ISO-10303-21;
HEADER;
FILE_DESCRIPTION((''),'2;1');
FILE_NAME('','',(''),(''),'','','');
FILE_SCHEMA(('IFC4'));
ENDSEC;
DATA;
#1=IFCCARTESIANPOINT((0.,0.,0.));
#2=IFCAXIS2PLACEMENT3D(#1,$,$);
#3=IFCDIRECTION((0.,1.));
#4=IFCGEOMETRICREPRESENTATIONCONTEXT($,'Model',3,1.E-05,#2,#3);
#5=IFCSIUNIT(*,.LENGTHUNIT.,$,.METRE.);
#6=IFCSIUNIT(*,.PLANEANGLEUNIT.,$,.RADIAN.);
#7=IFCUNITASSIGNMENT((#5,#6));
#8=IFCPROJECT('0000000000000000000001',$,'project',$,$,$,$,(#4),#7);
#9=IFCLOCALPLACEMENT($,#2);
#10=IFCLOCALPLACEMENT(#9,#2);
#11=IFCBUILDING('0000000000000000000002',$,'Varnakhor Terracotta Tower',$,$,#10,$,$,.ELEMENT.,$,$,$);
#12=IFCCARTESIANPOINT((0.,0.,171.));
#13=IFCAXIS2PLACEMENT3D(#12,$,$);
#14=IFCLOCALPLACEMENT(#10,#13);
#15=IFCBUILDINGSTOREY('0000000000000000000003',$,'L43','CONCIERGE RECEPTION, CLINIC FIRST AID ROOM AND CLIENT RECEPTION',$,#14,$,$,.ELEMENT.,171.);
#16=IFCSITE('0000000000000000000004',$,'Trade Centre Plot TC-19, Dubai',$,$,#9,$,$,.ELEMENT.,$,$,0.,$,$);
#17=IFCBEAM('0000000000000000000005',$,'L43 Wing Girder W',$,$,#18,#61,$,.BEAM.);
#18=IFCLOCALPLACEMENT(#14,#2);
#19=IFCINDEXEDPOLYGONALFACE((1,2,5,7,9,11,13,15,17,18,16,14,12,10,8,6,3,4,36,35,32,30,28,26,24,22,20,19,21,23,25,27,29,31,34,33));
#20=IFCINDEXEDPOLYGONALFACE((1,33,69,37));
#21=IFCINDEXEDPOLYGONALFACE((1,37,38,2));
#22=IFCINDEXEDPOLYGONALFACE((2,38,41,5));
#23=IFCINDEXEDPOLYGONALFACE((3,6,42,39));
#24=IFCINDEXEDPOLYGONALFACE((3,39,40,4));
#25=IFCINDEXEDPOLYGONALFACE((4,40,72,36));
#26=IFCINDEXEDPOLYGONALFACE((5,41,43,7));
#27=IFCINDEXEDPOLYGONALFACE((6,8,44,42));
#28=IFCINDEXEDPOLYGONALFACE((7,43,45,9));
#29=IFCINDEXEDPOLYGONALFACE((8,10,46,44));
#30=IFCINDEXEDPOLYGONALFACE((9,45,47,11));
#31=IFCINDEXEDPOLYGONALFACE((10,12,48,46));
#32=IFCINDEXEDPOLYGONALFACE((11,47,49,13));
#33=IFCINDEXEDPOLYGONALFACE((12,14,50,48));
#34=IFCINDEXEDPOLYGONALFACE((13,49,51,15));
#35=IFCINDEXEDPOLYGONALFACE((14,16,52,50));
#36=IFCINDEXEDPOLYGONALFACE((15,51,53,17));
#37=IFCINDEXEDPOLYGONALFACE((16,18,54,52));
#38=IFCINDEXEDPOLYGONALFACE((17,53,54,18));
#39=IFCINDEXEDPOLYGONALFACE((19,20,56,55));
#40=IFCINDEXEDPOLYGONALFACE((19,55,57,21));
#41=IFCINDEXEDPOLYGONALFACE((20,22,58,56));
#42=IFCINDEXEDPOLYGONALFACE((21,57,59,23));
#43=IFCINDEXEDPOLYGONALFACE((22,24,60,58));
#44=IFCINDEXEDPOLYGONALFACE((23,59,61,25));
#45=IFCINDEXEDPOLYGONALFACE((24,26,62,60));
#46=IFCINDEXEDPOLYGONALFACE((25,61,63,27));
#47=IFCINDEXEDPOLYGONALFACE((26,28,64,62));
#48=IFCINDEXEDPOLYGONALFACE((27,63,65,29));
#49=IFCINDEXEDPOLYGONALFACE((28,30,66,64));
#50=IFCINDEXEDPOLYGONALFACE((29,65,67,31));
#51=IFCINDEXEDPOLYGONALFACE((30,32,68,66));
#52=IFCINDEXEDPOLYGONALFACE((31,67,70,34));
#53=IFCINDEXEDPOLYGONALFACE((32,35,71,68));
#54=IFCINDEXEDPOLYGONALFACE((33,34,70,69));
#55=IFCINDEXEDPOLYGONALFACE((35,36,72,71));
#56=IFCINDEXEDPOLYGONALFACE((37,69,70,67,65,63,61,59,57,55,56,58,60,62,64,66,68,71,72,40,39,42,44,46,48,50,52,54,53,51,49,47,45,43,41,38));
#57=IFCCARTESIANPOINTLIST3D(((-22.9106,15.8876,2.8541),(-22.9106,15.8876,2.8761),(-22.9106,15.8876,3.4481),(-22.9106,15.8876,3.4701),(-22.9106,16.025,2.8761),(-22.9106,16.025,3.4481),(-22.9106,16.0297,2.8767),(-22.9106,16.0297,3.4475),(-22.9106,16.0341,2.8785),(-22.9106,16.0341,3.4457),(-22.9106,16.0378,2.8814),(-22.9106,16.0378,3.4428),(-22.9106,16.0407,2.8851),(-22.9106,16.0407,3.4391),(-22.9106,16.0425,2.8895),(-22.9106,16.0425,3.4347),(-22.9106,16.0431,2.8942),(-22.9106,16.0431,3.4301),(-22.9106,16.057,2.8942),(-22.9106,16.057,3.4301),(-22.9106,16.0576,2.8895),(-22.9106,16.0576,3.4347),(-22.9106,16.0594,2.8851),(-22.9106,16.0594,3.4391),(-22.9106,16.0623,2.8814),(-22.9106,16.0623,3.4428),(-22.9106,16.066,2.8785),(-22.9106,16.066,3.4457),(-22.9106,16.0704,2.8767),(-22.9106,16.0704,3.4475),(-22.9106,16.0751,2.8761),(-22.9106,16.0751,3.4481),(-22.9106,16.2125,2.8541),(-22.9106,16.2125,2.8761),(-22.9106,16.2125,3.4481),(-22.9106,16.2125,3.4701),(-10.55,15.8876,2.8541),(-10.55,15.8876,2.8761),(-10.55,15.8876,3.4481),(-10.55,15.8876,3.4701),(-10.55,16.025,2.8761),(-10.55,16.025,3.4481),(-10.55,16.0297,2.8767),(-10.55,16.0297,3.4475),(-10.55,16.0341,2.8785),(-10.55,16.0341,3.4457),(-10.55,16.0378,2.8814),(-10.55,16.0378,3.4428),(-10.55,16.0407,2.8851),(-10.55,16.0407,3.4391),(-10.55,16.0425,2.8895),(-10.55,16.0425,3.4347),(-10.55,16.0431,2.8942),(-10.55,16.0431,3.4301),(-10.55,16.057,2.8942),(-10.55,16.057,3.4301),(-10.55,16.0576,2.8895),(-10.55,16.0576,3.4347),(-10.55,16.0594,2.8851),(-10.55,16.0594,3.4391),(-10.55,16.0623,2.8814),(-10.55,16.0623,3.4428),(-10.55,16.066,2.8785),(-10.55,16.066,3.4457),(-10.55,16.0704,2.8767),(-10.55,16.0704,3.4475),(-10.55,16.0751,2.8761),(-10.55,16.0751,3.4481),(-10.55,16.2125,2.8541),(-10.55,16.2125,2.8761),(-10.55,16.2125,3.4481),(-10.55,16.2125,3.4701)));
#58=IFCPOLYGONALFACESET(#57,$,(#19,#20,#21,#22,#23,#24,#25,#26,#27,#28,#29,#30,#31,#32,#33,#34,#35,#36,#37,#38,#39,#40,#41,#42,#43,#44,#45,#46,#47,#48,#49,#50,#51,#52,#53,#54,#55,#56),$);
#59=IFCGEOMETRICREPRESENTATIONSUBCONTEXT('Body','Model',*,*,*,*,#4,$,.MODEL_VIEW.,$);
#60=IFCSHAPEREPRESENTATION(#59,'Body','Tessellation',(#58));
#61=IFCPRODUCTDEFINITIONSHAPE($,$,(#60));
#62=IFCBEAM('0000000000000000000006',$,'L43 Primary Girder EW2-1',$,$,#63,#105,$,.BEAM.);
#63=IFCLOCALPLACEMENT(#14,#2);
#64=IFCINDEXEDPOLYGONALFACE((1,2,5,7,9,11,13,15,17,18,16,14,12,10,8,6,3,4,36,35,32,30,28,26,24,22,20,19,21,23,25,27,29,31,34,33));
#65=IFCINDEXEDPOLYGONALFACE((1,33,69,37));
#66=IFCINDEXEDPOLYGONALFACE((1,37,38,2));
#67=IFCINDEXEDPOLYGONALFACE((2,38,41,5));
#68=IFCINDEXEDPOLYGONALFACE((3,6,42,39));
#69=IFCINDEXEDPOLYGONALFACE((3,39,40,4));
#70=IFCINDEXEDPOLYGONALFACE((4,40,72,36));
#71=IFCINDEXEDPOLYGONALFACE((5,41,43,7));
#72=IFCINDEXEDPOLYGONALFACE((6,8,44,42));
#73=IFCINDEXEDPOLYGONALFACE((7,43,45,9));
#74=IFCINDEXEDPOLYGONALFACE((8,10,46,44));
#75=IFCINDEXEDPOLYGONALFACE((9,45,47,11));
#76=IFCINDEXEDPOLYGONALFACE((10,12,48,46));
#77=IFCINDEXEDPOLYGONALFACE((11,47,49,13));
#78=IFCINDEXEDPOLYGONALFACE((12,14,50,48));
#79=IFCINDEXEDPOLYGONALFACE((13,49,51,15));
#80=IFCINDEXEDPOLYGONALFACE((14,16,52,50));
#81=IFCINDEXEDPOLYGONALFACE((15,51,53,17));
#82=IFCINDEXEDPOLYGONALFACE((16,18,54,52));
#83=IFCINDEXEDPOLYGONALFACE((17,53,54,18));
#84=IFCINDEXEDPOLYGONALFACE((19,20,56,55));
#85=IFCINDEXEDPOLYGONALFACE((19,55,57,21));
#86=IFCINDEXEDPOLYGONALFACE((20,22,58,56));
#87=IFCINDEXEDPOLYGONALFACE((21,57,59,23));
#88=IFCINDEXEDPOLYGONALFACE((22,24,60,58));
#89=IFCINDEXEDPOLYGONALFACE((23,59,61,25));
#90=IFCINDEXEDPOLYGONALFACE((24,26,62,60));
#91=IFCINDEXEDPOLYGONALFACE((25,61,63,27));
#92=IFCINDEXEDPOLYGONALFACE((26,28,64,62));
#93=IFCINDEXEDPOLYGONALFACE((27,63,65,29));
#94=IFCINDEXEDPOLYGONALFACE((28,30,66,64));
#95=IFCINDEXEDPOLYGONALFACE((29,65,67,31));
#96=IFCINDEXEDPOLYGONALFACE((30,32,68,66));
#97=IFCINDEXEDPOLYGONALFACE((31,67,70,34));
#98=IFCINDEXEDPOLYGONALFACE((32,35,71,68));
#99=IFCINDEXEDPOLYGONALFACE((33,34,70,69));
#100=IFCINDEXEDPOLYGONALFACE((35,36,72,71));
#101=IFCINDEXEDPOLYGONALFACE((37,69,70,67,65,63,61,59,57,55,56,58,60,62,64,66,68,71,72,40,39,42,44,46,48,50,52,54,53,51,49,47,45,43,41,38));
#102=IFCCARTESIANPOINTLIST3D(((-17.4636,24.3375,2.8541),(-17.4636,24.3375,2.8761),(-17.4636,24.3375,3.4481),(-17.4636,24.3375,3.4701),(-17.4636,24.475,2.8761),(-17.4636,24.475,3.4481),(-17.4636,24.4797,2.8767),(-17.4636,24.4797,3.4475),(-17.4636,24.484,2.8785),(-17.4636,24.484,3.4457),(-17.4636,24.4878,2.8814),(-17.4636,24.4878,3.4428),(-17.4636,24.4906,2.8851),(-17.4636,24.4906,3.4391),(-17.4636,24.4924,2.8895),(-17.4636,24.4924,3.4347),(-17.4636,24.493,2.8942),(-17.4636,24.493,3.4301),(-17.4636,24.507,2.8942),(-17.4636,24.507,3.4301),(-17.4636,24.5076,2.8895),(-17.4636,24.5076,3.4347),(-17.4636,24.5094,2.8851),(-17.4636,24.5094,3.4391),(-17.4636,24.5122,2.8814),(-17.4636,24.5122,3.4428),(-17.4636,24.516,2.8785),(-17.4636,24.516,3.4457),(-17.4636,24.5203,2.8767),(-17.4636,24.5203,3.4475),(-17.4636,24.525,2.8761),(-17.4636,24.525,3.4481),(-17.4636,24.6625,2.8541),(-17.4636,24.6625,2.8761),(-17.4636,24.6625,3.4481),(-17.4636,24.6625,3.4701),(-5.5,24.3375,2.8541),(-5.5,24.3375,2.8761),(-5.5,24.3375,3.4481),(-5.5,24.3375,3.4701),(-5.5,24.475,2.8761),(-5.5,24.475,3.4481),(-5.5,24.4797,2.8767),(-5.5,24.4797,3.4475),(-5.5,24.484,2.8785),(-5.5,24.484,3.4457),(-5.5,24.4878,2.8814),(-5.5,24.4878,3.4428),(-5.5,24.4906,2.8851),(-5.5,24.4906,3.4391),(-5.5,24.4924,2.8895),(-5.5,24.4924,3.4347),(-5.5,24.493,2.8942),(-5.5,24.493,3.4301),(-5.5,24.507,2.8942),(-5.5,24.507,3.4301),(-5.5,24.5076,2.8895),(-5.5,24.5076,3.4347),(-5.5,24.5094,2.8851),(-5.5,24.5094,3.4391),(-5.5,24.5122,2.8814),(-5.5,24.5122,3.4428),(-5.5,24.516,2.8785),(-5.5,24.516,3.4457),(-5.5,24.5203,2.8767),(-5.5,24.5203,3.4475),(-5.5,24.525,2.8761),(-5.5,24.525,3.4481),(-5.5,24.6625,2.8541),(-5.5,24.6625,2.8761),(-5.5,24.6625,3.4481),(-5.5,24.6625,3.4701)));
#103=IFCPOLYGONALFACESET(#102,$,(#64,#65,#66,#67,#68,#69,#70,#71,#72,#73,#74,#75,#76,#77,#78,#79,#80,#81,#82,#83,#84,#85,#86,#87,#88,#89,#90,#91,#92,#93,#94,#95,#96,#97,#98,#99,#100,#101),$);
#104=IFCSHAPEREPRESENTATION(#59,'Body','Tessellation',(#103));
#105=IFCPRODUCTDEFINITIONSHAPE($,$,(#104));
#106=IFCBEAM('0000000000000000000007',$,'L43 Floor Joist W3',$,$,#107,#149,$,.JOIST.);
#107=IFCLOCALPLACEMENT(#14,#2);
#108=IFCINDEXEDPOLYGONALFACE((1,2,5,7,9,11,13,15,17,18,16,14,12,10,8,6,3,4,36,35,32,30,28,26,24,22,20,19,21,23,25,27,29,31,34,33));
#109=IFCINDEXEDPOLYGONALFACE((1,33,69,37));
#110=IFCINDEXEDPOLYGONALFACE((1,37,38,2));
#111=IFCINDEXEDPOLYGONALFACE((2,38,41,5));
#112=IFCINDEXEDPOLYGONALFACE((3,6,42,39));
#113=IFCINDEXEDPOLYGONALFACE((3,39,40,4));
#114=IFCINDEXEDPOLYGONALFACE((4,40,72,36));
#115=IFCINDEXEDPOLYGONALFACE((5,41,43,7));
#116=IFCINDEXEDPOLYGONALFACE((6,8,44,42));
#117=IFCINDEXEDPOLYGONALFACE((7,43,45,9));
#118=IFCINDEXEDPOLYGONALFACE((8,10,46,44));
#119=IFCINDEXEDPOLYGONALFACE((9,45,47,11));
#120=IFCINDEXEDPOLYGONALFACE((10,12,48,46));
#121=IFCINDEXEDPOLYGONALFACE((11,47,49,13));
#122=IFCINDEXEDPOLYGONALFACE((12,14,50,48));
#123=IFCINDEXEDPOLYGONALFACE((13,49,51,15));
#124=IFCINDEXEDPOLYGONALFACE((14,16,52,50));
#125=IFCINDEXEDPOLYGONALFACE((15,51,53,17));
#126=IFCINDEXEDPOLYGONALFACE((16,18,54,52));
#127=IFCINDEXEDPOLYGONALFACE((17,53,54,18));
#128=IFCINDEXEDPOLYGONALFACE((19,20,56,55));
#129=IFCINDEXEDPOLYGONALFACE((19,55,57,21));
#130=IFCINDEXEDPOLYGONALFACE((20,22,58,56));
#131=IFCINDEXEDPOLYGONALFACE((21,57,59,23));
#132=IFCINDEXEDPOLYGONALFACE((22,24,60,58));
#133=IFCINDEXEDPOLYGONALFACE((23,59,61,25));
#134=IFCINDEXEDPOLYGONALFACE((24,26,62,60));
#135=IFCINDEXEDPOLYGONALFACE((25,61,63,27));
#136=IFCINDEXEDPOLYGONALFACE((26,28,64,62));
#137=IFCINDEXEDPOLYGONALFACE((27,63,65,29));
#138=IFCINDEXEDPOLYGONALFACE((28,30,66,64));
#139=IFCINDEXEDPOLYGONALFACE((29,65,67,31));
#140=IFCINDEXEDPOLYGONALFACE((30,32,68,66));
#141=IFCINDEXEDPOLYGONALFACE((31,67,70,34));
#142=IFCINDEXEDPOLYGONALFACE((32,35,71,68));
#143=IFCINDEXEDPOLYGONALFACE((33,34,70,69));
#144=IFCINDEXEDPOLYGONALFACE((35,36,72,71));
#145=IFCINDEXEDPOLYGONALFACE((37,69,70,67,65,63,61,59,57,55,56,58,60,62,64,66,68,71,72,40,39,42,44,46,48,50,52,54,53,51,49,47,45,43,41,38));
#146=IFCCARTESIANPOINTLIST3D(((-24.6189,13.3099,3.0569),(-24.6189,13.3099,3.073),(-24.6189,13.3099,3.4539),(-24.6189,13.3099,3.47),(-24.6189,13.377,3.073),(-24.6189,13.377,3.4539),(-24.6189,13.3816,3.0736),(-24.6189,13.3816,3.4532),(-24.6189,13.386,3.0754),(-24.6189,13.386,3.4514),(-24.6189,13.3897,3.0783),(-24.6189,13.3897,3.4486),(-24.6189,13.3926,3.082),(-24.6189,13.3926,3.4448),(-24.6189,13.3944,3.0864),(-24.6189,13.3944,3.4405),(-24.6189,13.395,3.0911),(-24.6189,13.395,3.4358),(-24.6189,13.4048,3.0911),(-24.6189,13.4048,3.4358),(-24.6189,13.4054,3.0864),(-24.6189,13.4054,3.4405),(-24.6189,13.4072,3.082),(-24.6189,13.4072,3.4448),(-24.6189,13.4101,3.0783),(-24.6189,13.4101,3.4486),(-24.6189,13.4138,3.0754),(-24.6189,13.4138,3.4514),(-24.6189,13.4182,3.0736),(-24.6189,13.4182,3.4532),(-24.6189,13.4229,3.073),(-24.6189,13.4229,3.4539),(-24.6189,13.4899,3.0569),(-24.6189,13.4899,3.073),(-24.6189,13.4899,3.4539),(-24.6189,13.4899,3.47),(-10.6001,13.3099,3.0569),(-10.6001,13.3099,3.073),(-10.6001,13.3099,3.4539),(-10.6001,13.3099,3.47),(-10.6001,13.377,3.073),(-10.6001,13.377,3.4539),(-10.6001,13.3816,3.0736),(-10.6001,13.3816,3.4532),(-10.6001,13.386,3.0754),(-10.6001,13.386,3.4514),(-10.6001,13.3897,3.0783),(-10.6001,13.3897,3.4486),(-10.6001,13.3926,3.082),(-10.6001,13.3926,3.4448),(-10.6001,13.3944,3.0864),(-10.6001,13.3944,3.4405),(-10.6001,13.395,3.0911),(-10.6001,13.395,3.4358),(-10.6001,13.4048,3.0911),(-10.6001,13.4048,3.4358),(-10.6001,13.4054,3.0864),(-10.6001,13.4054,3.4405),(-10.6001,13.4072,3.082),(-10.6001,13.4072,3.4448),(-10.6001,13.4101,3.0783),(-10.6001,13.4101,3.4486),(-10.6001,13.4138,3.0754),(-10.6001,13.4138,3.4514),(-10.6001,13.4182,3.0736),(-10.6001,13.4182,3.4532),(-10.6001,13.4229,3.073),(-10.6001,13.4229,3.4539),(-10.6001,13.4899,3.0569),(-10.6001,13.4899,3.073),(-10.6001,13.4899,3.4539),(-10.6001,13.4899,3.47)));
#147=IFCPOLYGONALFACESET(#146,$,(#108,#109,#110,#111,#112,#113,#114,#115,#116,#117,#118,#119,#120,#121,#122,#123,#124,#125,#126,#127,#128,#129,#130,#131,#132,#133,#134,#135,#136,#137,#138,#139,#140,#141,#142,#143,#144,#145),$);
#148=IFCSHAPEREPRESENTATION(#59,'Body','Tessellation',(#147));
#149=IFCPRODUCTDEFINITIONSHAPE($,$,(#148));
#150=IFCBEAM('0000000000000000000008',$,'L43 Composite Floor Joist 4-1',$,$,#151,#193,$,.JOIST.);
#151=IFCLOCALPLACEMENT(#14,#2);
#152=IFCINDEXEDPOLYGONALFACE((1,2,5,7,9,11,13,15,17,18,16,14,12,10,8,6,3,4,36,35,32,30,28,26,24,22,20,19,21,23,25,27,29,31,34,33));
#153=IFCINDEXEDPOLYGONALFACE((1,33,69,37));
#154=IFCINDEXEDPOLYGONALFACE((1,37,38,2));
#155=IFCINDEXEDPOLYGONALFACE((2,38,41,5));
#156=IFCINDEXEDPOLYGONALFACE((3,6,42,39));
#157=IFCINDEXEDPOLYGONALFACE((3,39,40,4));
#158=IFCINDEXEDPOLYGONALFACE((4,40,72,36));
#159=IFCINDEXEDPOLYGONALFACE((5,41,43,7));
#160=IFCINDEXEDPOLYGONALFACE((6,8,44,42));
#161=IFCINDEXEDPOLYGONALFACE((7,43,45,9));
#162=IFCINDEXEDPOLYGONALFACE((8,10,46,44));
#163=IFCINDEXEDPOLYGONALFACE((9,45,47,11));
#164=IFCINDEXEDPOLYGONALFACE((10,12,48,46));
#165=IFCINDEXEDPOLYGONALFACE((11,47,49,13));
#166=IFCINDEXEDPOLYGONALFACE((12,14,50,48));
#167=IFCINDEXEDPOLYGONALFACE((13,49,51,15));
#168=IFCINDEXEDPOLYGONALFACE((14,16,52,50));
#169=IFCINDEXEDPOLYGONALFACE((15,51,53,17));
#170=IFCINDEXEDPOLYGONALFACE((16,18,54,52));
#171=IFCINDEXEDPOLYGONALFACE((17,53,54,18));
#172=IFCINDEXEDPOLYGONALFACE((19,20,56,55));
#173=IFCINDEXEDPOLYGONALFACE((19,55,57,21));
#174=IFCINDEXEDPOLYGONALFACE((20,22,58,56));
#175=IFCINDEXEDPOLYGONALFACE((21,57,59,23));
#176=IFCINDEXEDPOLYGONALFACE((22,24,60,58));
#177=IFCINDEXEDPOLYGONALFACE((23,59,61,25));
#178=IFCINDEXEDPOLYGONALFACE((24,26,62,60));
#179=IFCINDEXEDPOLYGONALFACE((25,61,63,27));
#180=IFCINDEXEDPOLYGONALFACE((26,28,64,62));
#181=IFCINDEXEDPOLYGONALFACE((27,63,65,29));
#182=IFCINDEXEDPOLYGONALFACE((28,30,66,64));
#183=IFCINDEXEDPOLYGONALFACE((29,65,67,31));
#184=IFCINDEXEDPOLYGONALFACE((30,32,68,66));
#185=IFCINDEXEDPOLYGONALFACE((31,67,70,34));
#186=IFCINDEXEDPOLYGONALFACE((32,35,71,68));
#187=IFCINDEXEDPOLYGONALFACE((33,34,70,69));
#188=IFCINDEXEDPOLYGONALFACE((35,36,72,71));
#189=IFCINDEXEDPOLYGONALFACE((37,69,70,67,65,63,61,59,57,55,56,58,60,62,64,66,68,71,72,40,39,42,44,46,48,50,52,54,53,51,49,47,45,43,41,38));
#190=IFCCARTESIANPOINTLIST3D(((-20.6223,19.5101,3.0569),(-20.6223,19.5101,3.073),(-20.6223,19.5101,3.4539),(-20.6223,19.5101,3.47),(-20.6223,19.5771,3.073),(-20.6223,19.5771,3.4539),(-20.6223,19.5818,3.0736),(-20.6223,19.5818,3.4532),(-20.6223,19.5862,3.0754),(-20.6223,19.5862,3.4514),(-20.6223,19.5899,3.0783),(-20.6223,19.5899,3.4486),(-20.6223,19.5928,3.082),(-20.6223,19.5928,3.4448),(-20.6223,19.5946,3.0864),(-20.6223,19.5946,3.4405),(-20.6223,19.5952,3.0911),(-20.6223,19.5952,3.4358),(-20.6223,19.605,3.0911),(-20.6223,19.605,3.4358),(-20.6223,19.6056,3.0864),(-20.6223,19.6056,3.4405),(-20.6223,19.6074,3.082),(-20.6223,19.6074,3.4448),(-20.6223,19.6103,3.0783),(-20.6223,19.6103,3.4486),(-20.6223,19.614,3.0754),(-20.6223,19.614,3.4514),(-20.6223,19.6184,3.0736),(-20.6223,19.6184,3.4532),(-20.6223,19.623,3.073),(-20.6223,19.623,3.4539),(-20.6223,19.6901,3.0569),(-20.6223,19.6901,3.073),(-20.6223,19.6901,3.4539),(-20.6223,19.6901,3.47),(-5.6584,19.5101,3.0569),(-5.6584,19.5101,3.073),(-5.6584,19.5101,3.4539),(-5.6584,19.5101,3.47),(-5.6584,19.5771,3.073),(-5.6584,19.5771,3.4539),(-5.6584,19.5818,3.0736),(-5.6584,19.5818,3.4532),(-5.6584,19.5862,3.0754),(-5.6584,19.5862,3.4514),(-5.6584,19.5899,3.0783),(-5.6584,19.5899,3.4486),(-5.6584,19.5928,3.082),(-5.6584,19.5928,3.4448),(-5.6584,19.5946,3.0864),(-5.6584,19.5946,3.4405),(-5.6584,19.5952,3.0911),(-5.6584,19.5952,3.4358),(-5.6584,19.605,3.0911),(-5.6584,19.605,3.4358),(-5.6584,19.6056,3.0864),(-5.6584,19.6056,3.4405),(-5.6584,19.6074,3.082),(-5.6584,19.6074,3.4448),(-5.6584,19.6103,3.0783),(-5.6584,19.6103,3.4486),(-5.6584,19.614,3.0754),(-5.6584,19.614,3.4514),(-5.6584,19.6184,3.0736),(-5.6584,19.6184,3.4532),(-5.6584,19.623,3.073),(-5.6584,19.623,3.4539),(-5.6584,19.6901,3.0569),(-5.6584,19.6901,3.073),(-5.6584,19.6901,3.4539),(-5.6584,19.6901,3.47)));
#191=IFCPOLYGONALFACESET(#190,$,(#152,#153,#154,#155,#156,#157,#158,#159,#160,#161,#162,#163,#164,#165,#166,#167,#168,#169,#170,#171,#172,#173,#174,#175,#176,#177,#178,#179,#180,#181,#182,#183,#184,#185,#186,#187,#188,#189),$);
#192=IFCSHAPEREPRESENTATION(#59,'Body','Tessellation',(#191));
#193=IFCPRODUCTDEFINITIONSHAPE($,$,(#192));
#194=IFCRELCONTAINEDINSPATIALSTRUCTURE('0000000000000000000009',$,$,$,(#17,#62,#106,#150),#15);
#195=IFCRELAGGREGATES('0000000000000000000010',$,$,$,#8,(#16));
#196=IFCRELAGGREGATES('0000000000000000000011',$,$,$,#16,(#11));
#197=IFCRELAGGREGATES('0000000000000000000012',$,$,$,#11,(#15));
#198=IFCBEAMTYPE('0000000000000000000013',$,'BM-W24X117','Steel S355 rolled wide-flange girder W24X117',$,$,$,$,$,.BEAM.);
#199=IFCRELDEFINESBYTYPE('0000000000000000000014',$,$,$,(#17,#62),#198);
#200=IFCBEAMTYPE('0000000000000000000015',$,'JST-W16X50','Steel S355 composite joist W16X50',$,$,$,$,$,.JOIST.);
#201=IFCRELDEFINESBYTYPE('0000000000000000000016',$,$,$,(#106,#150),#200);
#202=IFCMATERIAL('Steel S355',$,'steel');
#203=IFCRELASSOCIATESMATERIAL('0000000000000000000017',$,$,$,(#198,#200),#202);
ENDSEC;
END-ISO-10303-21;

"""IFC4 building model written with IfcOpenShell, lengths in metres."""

from ifc_helpers import new_model, si_unit, direction, frame, origin, origin_2d, place, context, subcontext, project, spatial, i_section, extrude, source, transform, mapped, material, material_profile, profile_set, type_object, element, save


model = new_model("IFC4")

# Units and contexts
model_context = context("Model", 3, precision=1e-05, world=origin(), true_north=direction((0.0, 1.0)))
body_context = subcontext(model_context, "Body", "Model", "MODEL_VIEW")
ifc_project = project(units=[si_unit("LENGTHUNIT", "METRE"), si_unit("PLANEANGLEUNIT", "RADIAN")], contexts=[model_context])

# Site, building, storey
site_placement = place(None, origin())
site = spatial("IfcSite", under=ifc_project, at=site_placement, Name="Trade Centre Plot TC-19, Dubai", CompositionType="ELEMENT", RefElevation=0.0)
building_placement = place(site_placement, origin())
building = spatial("IfcBuilding", under=site, at=building_placement, Name="Varnakhor Terracotta Tower", CompositionType="ELEMENT")
storey_placement = place(building_placement, frame((0.0, 0.0, 171.0)))
storey = spatial("IfcBuildingStorey", under=building, at=storey_placement, Name="L43", Description="CONCIERGE RECEPTION, CLINIC FIRST AID ROOM AND CLIENT RECEPTION", CompositionType="ELEMENT", Elevation=171.0)

# Beams
ifc_material_1 = material(Name="Steel S355", Category="steel")
ifc_material_profile_1 = material_profile(ifc_material_1, i_section(OverallWidth=0.325, OverallDepth=0.616, WebThickness=0.0139, FlangeThickness=0.022, FilletRadius=0.0181, at=origin_2d()), Name="W24X117")
ifc_profile_set_1 = profile_set([ifc_material_profile_1], Name="Steel S355")
beam_type_1 = type_object("IfcBeamType", Name="BM-W24X117", Description="Steel S355 rolled wide-flange girder W24X117", PredefinedType="BEAM", material=ifc_profile_set_1)
shared_shape_1 = source(origin(), body_context, "Body", "SweptSolid", [
    extrude(i_section(OverallWidth=0.325, OverallDepth=0.616, WebThickness=0.0139, FlangeThickness=0.022, FilletRadius=0.0181, at=origin_2d()), origin(), (0.0, 0.0, 1.0), 12.3606),
])
beam_1_placement = place(storey_placement, frame((-22.9106, 16.05, 3.1621), z_axis=(1.0, 0.0, 0.0), x_axis=(0.0, 1.0, 0.0)))
element("IfcBeam", 1, at=beam_1_placement, inside=storey, type_object=beam_type_1, Name="L43 Wing Girder W", PredefinedType="BEAM", context=body_context, shape_type="MappedRepresentation", body=[
    mapped(shared_shape_1, transform((0.0, 0.0, 0.0), scale=1.0)),
])
shared_shape_2 = source(origin(), body_context, "Body", "SweptSolid", [
    extrude(i_section(OverallWidth=0.325, OverallDepth=0.616, WebThickness=0.0139, FlangeThickness=0.022, FilletRadius=0.0181, at=origin_2d()), origin(), (0.0, 0.0, 1.0), 11.9636),
])
beam_2_placement = place(storey_placement, frame((-17.4636, 24.5, 3.1621), z_axis=(1.0, 0.0, 0.0), x_axis=(0.0, 1.0, 0.0)))
element("IfcBeam", 2, at=beam_2_placement, inside=storey, type_object=beam_type_1, Name="L43 Primary Girder EW2-1", PredefinedType="BEAM", context=body_context, shape_type="MappedRepresentation", body=[
    mapped(shared_shape_2, transform((0.0, 0.0, 0.0), scale=1.0)),
])
ifc_material_profile_2 = material_profile(ifc_material_1, i_section(OverallWidth=0.1799, OverallDepth=0.4131, WebThickness=0.0098, FlangeThickness=0.0161, FilletRadius=0.0181, at=origin_2d()), Name="W16X50")
ifc_profile_set_2 = profile_set([ifc_material_profile_2], Name="Steel S355")
beam_type_2 = type_object("IfcBeamType", Name="JST-W16X50", Description="Steel S355 composite joist W16X50", PredefinedType="JOIST", material=ifc_profile_set_2)
shared_shape_3 = source(origin(), body_context, "Body", "SweptSolid", [
    extrude(i_section(OverallWidth=0.1799, OverallDepth=0.4131, WebThickness=0.0098, FlangeThickness=0.0161, FilletRadius=0.0181, at=origin_2d()), origin(), (0.0, 0.0, 1.0), 14.0188),
])
beam_3_placement = place(storey_placement, frame((-24.6189, 13.3999, 3.2634), z_axis=(1.0, 0.0, 0.0), x_axis=(0.0, 1.0, 0.0)))
element("IfcBeam", 3, at=beam_3_placement, inside=storey, type_object=beam_type_2, Name="L43 Floor Joist W3", PredefinedType="JOIST", context=body_context, shape_type="MappedRepresentation", body=[
    mapped(shared_shape_3, transform((0.0, 0.0, 0.0), scale=1.0)),
])
shared_shape_4 = source(origin(), body_context, "Body", "SweptSolid", [
    extrude(i_section(OverallWidth=0.1799, OverallDepth=0.4131, WebThickness=0.0098, FlangeThickness=0.0161, FilletRadius=0.0181, at=origin_2d()), origin(), (0.0, 0.0, 1.0), 14.9639),
])
beam_4_placement = place(storey_placement, frame((-20.6223, 19.6001, 3.2634), z_axis=(1.0, 0.0, 0.0), x_axis=(0.0, 1.0, 0.0)))
element("IfcBeam", 4, at=beam_4_placement, inside=storey, type_object=beam_type_2, Name="L43 Composite Floor Joist 4-1", PredefinedType="JOIST", context=body_context, shape_type="MappedRepresentation", body=[
    mapped(shared_shape_4, transform((0.0, 0.0, 0.0), scale=1.0)),
])

save(model, "model.ifc")
